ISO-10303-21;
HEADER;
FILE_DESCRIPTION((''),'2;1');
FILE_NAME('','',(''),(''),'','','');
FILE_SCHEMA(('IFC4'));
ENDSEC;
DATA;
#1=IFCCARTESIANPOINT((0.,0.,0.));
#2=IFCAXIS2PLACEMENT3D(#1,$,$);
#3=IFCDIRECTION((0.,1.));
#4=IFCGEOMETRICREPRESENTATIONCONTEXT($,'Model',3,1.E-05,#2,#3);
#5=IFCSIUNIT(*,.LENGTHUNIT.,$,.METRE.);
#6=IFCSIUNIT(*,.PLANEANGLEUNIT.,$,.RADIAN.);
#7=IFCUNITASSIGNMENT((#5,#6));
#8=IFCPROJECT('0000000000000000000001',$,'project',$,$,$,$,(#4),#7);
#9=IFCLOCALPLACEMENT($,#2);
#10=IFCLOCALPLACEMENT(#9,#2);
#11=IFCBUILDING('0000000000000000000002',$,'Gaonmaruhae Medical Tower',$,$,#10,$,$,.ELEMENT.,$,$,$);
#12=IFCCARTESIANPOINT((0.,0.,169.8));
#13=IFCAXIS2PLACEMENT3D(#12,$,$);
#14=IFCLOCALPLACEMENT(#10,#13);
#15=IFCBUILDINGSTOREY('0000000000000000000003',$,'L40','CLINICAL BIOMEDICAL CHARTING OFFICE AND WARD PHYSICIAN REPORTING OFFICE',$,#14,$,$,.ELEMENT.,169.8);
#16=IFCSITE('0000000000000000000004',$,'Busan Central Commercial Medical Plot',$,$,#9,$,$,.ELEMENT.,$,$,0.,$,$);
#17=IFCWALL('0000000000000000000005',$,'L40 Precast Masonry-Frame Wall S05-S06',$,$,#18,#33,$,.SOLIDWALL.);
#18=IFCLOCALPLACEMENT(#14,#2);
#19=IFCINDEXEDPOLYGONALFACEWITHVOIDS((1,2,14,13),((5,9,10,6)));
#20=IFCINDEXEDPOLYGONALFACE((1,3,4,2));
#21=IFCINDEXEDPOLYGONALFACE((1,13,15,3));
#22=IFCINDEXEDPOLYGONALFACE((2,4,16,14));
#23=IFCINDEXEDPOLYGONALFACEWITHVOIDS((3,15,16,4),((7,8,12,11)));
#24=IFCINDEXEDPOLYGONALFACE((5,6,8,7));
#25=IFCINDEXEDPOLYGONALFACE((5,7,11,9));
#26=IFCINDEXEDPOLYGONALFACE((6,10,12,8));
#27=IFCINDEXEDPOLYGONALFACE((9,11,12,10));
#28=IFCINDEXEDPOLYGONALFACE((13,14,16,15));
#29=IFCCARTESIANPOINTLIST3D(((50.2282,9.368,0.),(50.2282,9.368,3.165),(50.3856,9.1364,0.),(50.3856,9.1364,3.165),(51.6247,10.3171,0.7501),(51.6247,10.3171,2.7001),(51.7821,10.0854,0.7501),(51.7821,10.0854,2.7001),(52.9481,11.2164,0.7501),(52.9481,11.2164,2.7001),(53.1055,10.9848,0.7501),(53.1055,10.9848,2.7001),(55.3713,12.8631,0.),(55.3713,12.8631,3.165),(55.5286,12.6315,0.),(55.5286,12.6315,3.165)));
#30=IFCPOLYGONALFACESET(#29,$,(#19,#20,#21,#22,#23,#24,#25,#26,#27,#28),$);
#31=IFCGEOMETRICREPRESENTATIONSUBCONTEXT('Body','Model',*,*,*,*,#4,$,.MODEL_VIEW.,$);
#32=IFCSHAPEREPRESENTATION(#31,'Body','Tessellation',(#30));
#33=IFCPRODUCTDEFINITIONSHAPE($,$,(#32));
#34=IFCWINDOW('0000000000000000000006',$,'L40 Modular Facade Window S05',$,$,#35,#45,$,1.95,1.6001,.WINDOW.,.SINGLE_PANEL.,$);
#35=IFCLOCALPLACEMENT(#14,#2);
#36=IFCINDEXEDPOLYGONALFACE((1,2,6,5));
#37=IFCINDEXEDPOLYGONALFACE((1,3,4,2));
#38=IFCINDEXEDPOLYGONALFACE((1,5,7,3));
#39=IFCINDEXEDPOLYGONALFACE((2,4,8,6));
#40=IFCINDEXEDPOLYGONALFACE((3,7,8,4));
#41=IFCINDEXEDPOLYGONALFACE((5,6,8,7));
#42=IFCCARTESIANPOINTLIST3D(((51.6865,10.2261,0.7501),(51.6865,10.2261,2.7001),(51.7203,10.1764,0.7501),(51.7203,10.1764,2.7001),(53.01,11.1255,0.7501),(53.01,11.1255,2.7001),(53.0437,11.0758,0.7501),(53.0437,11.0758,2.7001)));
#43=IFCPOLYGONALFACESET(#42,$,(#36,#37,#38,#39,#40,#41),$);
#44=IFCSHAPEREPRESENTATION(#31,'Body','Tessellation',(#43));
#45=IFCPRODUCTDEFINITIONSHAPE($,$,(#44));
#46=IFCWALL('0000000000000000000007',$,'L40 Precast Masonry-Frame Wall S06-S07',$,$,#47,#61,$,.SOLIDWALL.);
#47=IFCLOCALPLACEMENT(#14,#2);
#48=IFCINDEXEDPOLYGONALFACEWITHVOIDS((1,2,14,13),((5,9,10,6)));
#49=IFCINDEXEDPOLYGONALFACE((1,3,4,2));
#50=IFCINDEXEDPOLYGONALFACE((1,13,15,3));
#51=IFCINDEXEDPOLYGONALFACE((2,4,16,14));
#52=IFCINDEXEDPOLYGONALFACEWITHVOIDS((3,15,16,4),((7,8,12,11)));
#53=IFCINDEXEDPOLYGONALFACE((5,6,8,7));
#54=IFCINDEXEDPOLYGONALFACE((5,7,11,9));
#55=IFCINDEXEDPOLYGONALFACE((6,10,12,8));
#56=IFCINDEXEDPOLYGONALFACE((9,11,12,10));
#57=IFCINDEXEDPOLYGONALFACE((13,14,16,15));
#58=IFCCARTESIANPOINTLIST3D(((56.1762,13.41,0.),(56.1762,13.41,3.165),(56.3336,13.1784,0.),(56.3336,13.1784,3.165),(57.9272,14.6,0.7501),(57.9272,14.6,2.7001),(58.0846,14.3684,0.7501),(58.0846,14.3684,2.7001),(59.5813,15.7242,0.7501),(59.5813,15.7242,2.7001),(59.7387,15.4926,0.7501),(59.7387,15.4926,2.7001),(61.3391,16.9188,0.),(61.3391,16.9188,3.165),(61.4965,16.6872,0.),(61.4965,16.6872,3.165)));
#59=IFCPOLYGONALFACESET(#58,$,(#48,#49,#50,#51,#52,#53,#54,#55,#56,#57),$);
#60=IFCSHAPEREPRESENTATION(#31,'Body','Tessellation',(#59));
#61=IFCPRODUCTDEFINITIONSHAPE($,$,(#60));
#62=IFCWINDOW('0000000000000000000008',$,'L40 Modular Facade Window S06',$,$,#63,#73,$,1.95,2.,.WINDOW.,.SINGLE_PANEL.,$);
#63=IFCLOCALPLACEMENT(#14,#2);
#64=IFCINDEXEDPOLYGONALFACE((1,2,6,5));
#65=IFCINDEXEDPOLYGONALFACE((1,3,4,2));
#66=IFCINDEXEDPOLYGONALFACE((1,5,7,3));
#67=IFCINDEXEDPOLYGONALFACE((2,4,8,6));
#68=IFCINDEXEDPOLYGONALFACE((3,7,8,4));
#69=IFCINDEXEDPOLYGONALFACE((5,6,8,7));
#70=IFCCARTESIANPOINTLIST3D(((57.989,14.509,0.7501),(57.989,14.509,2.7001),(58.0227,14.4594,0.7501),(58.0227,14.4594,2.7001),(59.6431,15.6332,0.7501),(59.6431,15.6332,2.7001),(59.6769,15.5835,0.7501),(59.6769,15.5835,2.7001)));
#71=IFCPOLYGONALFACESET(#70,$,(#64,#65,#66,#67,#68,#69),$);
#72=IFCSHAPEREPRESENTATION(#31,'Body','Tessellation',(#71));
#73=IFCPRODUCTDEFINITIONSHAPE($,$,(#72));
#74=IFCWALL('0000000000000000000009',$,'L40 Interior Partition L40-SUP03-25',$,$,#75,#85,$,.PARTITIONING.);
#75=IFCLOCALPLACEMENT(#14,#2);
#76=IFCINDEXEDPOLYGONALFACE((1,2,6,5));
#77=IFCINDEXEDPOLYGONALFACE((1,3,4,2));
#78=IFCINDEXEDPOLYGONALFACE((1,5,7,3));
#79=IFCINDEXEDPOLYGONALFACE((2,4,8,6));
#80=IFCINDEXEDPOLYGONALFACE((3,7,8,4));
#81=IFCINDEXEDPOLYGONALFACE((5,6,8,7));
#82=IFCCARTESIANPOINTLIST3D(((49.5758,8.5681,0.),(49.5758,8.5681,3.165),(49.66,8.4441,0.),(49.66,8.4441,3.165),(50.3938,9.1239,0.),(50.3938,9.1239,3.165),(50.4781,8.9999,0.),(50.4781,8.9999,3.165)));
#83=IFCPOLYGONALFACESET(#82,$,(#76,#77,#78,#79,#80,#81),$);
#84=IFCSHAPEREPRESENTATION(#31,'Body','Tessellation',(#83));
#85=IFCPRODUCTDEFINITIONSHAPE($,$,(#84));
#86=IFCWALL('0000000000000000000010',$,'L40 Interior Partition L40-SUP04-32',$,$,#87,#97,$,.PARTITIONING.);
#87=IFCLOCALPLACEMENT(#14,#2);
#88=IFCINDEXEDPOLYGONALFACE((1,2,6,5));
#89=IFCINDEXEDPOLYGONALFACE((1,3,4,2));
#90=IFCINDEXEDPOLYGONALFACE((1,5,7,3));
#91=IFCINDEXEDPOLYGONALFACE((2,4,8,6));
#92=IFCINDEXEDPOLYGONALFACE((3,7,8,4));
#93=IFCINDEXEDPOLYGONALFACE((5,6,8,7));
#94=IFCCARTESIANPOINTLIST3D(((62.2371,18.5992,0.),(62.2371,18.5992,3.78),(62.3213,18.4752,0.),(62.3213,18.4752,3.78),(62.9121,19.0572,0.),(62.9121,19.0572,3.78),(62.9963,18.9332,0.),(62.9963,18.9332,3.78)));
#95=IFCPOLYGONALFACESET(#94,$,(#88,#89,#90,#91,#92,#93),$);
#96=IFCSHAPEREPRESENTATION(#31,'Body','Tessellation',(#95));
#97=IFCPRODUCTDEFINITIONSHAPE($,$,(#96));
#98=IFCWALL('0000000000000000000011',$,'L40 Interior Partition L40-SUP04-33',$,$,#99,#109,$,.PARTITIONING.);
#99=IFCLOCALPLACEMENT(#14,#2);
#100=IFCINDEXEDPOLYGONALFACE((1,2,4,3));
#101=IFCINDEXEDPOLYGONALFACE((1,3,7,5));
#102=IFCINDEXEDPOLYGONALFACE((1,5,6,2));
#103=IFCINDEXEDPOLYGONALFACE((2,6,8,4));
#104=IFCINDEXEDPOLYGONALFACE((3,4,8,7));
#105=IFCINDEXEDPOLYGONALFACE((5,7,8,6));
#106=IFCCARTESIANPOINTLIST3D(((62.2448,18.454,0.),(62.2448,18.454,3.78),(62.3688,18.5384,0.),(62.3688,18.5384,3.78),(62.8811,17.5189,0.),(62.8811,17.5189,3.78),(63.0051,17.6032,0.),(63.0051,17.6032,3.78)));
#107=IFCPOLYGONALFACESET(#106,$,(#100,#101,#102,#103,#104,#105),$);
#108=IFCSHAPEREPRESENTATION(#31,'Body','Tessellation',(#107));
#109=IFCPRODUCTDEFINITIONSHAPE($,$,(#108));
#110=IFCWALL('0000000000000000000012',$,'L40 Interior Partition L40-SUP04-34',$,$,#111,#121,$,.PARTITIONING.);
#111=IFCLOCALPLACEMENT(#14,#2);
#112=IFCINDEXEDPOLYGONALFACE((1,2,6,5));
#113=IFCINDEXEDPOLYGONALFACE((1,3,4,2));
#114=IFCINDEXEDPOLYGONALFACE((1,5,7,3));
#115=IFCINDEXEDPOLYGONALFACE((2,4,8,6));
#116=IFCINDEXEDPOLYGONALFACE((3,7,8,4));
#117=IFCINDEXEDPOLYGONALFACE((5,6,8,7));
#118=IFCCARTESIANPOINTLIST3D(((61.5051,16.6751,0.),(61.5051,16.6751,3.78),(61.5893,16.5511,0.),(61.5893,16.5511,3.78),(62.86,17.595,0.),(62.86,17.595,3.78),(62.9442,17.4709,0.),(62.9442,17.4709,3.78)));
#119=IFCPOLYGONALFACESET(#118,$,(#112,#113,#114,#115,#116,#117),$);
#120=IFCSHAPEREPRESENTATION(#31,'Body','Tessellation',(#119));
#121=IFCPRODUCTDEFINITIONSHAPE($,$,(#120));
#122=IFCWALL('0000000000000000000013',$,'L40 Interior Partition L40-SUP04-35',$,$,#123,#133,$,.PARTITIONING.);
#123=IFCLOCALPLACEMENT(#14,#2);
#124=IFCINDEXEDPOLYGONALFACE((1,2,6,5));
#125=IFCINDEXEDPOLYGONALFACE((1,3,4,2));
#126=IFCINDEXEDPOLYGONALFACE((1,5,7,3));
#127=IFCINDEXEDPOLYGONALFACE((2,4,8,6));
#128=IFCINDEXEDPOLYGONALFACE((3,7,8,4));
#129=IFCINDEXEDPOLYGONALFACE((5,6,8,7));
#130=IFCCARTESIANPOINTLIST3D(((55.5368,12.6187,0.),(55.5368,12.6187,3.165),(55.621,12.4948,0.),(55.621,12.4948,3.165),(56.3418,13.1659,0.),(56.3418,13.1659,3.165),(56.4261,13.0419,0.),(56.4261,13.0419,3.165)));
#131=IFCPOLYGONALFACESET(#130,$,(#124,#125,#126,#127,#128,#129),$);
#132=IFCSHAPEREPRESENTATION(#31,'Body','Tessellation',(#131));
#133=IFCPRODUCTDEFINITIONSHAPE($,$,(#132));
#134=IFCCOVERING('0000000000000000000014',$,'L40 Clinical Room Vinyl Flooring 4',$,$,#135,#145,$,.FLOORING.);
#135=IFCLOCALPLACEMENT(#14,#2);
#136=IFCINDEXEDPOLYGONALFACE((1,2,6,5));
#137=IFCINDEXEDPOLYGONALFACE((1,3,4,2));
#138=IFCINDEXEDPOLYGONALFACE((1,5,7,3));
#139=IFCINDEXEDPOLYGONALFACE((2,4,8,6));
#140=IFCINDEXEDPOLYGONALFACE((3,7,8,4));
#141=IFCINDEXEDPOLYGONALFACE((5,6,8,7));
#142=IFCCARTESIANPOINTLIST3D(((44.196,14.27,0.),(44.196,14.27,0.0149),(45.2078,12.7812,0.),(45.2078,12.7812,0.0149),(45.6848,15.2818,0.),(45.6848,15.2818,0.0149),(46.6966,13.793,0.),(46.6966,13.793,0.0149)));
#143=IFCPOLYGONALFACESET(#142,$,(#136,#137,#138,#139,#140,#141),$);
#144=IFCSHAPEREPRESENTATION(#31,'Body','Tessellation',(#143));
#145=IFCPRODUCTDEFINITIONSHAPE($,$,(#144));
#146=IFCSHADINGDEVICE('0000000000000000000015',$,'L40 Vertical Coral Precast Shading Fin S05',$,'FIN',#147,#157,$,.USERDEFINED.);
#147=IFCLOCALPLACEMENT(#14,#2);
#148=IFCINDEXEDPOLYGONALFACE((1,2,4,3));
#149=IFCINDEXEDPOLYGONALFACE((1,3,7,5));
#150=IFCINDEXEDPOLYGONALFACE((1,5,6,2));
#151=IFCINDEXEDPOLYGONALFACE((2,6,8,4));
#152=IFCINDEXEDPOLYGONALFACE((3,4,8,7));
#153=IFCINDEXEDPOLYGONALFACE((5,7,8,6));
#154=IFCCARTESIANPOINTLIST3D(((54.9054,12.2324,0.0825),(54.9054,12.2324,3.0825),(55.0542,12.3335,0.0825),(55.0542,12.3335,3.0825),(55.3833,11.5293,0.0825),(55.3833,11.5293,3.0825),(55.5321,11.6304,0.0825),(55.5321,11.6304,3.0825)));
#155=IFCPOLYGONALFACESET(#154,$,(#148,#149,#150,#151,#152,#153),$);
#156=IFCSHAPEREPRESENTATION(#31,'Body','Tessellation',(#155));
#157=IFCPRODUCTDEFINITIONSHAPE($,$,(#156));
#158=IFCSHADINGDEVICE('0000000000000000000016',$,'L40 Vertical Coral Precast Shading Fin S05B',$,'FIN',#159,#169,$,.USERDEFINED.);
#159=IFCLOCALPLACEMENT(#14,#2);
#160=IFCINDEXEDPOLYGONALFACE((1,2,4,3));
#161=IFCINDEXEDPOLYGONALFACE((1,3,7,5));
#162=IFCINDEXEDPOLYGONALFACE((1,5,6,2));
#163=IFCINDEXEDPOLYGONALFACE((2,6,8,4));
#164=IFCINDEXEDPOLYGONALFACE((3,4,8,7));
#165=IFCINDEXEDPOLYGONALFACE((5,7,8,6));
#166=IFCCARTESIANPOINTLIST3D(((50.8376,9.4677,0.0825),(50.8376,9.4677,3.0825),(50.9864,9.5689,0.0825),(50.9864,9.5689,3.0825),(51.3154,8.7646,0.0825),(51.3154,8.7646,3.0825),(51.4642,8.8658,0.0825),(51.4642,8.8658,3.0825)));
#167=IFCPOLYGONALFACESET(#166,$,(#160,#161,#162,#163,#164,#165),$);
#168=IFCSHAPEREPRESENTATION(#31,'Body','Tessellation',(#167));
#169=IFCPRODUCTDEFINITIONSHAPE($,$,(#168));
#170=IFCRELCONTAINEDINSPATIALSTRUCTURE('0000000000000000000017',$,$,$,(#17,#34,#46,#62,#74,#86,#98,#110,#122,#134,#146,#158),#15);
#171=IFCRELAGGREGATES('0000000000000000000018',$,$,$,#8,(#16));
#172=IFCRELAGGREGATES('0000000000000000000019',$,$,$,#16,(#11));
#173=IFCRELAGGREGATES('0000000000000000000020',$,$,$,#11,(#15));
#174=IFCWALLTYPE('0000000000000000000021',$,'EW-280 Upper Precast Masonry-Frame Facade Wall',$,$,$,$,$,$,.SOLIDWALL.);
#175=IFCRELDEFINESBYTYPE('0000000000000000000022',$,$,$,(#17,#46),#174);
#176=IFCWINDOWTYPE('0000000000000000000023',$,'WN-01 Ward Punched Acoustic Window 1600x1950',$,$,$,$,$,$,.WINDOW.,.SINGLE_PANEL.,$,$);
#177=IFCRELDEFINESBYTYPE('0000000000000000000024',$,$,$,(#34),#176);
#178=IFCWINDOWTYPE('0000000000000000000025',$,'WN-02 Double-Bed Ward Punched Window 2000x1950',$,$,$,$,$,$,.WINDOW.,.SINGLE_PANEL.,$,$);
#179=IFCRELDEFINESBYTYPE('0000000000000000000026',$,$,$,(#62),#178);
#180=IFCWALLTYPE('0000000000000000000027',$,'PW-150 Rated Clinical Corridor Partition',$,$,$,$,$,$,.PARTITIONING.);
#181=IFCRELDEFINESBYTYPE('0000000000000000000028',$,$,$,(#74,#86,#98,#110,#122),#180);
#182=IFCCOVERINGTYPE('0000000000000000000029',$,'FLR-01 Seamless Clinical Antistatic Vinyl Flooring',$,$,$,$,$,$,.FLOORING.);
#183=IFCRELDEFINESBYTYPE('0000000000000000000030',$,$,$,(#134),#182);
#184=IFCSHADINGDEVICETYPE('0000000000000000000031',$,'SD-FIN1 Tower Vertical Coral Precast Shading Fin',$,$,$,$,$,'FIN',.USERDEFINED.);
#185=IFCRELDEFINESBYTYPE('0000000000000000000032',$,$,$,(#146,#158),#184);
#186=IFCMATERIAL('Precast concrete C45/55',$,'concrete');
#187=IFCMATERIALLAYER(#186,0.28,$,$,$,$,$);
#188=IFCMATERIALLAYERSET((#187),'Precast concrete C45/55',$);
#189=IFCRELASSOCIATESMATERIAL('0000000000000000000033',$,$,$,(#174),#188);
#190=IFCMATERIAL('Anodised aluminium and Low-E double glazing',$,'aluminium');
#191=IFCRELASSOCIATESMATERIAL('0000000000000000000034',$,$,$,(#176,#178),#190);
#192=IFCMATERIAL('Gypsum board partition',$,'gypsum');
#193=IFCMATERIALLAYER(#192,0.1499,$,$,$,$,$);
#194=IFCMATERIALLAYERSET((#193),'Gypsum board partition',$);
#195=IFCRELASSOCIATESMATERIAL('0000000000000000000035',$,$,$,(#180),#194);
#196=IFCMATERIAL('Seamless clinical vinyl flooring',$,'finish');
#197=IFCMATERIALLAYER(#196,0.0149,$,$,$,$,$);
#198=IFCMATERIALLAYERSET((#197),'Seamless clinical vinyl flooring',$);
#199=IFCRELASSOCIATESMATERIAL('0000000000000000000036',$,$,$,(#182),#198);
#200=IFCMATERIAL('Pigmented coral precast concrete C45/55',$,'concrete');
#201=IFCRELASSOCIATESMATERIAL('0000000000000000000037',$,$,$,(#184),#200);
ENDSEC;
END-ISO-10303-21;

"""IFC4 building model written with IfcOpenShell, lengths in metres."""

from ifc_helpers import new_model, si_unit, direction, frame, frame_2d, origin, origin_2d, place, context, subcontext, project, spatial, rectangle, extrude, material, layer, layer_set, type_object, element, fill, save


model = new_model("IFC4")

# Units and contexts
model_context = context("Model", 3, precision=1e-05, world=origin(), true_north=direction((0.0, 1.0)))
body_context = subcontext(model_context, "Body", "Model", "MODEL_VIEW")
ifc_project = project(units=[si_unit("LENGTHUNIT", "METRE"), si_unit("PLANEANGLEUNIT", "RADIAN")], contexts=[model_context])

# Site, building, storey
site_placement = place(None, origin())
site = spatial("IfcSite", under=ifc_project, at=site_placement, Name="Busan Central Commercial Medical Plot", CompositionType="ELEMENT", RefElevation=0.0)
building_placement = place(site_placement, origin())
building = spatial("IfcBuilding", under=site, at=building_placement, Name="Gaonmaruhae Medical Tower", CompositionType="ELEMENT")
storey_placement = place(building_placement, frame((0.0, 0.0, 169.8)))
storey = spatial("IfcBuildingStorey", under=building, at=storey_placement, Name="L40", Description="CLINICAL BIOMEDICAL CHARTING OFFICE AND WARD PHYSICIAN REPORTING OFFICE", CompositionType="ELEMENT", Elevation=169.8)

# Shared definitions
ifc_material_1 = material(Name="Precast concrete C45/55", Category="concrete")
ifc_layer_1 = layer(ifc_material_1, 0.28)
ifc_layer_set_1 = layer_set([ifc_layer_1], Name="Precast concrete C45/55")
wall_type_1 = type_object("IfcWallType", Name="EW-280 Upper Precast Masonry-Frame Facade Wall", PredefinedType="SOLIDWALL", material=ifc_layer_set_1)
ifc_material_2 = material(Name="Anodised aluminium and Low-E double glazing", Category="aluminium")

# Walls, openings, windows
wall_1_placement = place(storey_placement, frame((55.45, 12.7473, 0.0), z_axis=(0.0, 0.0, 1.0), x_axis=(-0.827089, -0.562072, 0.0)))
wall_1 = element("IfcWall", 1, at=wall_1_placement, inside=storey, type_object=wall_type_1, Name="L40 Precast Masonry-Frame Wall S05-S06", PredefinedType="SOLIDWALL", context=body_context, shape_type="SweptSolid", body=[
    extrude(rectangle(XDim=6.2183, YDim=0.28, at=frame_2d((3.1091, 0.0))), origin(), (0.0, 0.0, 1.0), 3.165),
])
opening_1_placement = place(wall_1_placement, frame((2.9297, 0.0, 0.75)))
opening_1 = element("IfcOpeningElement", 2, at=opening_1_placement, cuts=wall_1, PredefinedType="OPENING", context=body_context, shape_type="SweptSolid", body=[
    extrude(rectangle(XDim=1.6001, YDim=1.95, at=frame_2d((0.8, 0.9751))), frame((0.0, 0.1499, 0.0), z_axis=(0.0, -1.0, 0.0), x_axis=(1.0, 0.0, 0.0)), (0.0, 0.0, 1.0), 0.3),
])
window_type_1 = type_object("IfcWindowType", Name="WN-01 Ward Punched Acoustic Window 1600x1950", PartitioningType="SINGLE_PANEL", PredefinedType="WINDOW", material=ifc_material_2)
window_1_placement = place(opening_1_placement, origin())
window_1 = element("IfcWindow", 3, at=window_1_placement, inside=storey, type_object=window_type_1, Name="L40 Modular Facade Window S05", OverallHeight=1.95, OverallWidth=1.6001, PartitioningType="SINGLE_PANEL", PredefinedType="WINDOW", context=body_context, shape_type="SweptSolid", body=[
    extrude(rectangle(XDim=1.6001, YDim=1.95, at=frame_2d((0.8, 0.9751))), frame((0.0, 0.03, 0.0), z_axis=(0.0, -1.0, 0.0), x_axis=(1.0, 0.0, 0.0)), (0.0, 0.0, 1.0), 0.0601),
])
fill(opening_1, window_1)
wall_2_placement = place(storey_placement, frame((61.4177, 16.803, 0.0), z_axis=(0.0, 0.0, 1.0), x_axis=(-0.827071, -0.562097, 0.0)))
wall_2 = element("IfcWall", 4, at=wall_2_placement, inside=storey, type_object=wall_type_1, Name="L40 Precast Masonry-Frame Wall S06-S07", PredefinedType="SOLIDWALL", context=body_context, shape_type="SweptSolid", body=[
    extrude(rectangle(XDim=6.2424, YDim=0.28, at=frame_2d((3.1211, 0.0))), origin(), (0.0, 0.0, 1.0), 3.165),
])
opening_2_placement = place(wall_2_placement, frame((2.1252, 0.0, 0.75)))
opening_2 = element("IfcOpeningElement", 5, at=opening_2_placement, cuts=wall_2, PredefinedType="OPENING", context=body_context, shape_type="SweptSolid", body=[
    extrude(rectangle(XDim=2.0, YDim=1.95, at=frame_2d((1.0, 0.9751))), frame((0.0, 0.1499, 0.0), z_axis=(0.0, -1.0, 0.0), x_axis=(1.0, 0.0, 0.0)), (0.0, 0.0, 1.0), 0.3),
])
window_type_2 = type_object("IfcWindowType", Name="WN-02 Double-Bed Ward Punched Window 2000x1950", PartitioningType="SINGLE_PANEL", PredefinedType="WINDOW", material=ifc_material_2)
window_2_placement = place(opening_2_placement, origin())
window_2 = element("IfcWindow", 6, at=window_2_placement, inside=storey, type_object=window_type_2, Name="L40 Modular Facade Window S06", OverallHeight=1.95, OverallWidth=2.0, PartitioningType="SINGLE_PANEL", PredefinedType="WINDOW", context=body_context, shape_type="SweptSolid", body=[
    extrude(rectangle(XDim=2.0, YDim=1.95, at=frame_2d((1.0, 0.9751))), frame((0.0, 0.03, 0.0), z_axis=(0.0, -1.0, 0.0), x_axis=(1.0, 0.0, 0.0)), (0.0, 0.0, 1.0), 0.0601),
])
fill(opening_2, window_2)

# Walls
ifc_material_3 = material(Name="Gypsum board partition", Category="gypsum")
ifc_layer_2 = layer(ifc_material_3, 0.1499)
ifc_layer_set_2 = layer_set([ifc_layer_2], Name="Gypsum board partition")
wall_type_2 = type_object("IfcWallType", Name="PW-150 Rated Clinical Corridor Partition", PredefinedType="PARTITIONING", material=ifc_layer_set_2)
wall_3_placement = place(storey_placement, frame((50.436, 9.062, 0.0), z_axis=(0.0, 0.0, 1.0), x_axis=(-0.827119, -0.562026, 0.0)))
element("IfcWall", 7, at=wall_3_placement, inside=storey, type_object=wall_type_2, Name="L40 Interior Partition L40-SUP03-25", PredefinedType="PARTITIONING", context=body_context, shape_type="SweptSolid", body=[
    extrude(rectangle(XDim=0.989, YDim=0.1499, at=frame_2d((0.4946, 0.0))), origin(), (0.0, 0.0, 1.0), 3.165),
])
wall_4_placement = place(storey_placement, frame((62.9541, 18.9951, 0.0), z_axis=(0.0, 0.0, 1.0), x_axis=(-0.827511, -0.56145, 0.0)))
element("IfcWall", 8, at=wall_4_placement, inside=storey, type_object=wall_type_2, Name="L40 Interior Partition L40-SUP04-32", PredefinedType="PARTITIONING", context=body_context, shape_type="SweptSolid", body=[
    extrude(rectangle(XDim=0.8157, YDim=0.1499, at=frame_2d((0.4077, 0.0))), origin(), (0.0, 0.0, 1.0), 3.78),
])
wall_5_placement = place(storey_placement, frame((62.3069, 18.4961, 0.0), z_axis=(0.0, 0.0, 1.0), x_axis=(0.562546, -0.826766, 0.0)))
element("IfcWall", 9, at=wall_5_placement, inside=storey, type_object=wall_type_2, Name="L40 Interior Partition L40-SUP04-33", PredefinedType="PARTITIONING", context=body_context, shape_type="SweptSolid", body=[
    extrude(rectangle(XDim=1.1311, YDim=0.1499, at=frame_2d((0.5654, 0.0))), origin(), (0.0, 0.0, 1.0), 3.78),
])
wall_6_placement = place(storey_placement, frame((62.9021, 17.533, 0.0), z_axis=(0.0, 0.0, 1.0), x_axis=(-0.827342, -0.561698, 0.0)))
element("IfcWall", 10, at=wall_6_placement, inside=storey, type_object=wall_type_2, Name="L40 Interior Partition L40-SUP04-34", PredefinedType="PARTITIONING", context=body_context, shape_type="SweptSolid", body=[
    extrude(rectangle(XDim=1.6377, YDim=0.1499, at=frame_2d((0.8188, 0.0))), origin(), (0.0, 0.0, 1.0), 3.78),
])
wall_7_placement = place(storey_placement, frame((56.384, 13.104, 0.0), z_axis=(0.0, 0.0, 1.0), x_axis=(-0.827038, -0.562145, 0.0)))
element("IfcWall", 11, at=wall_7_placement, inside=storey, type_object=wall_type_2, Name="L40 Interior Partition L40-SUP04-35", PredefinedType="PARTITIONING", context=body_context, shape_type="SweptSolid", body=[
    extrude(rectangle(XDim=0.9734, YDim=0.1499, at=frame_2d((0.4868, 0.0))), origin(), (0.0, 0.0, 1.0), 3.165),
])

# Covering
ifc_material_4 = material(Name="Seamless clinical vinyl flooring", Category="finish")
ifc_layer_3 = layer(ifc_material_4, 0.0149)
ifc_layer_set_3 = layer_set([ifc_layer_3], Name="Seamless clinical vinyl flooring")
covering_type = type_object("IfcCoveringType", Name="FLR-01 Seamless Clinical Antistatic Vinyl Flooring", PredefinedType="FLOORING", material=ifc_layer_set_3)
covering_placement = place(storey_placement, frame((45.4463, 14.0315, 0.0), z_axis=(0.0, 0.0, 1.0), x_axis=(0.827081, 0.562083, 0.0)))
element("IfcCovering", 12, at=covering_placement, inside=storey, type_object=covering_type, Name="L40 Clinical Room Vinyl Flooring 4", PredefinedType="FLOORING", context=body_context, shape_type="SweptSolid", body=[
    extrude(rectangle(XDim=1.8, YDim=1.8, at=origin_2d()), origin(), (0.0, 0.0, 1.0), 0.0149),
])

# Shading devices
ifc_material_5 = material(Name="Pigmented coral precast concrete C45/55", Category="concrete")
shading_device_type = type_object("IfcShadingDeviceType", Name="SD-FIN1 Tower Vertical Coral Precast Shading Fin", ElementType="FIN", PredefinedType="USERDEFINED", material=ifc_material_5)
for number, where, z_axis, x_axis, name in (
    (13, (55.2188, 11.9314, 0.0825), (0.0, 0.0, 1.0), (-0.827081, -0.562083, 0.0), "L40 Vertical Coral Precast Shading Fin S05"),
    (14, (51.1509, 9.1667, 0.0825), (0.0, 0.0, 1.0), (-0.827081, -0.562083, 0.0), "L40 Vertical Coral Precast Shading Fin S05B"),
):
    element("IfcShadingDevice", number, at=place(storey_placement, frame(where, z_axis=z_axis, x_axis=x_axis)), inside=storey, type_object=shading_device_type, Name=name, ObjectType="FIN", PredefinedType="USERDEFINED", context=body_context, shape_type="SweptSolid", body=[
        extrude(rectangle(XDim=0.1799, YDim=0.8501, at=origin_2d()), origin(), (0.0, 0.0, 1.0), 3.0),
    ])

save(model, "model.ifc")
